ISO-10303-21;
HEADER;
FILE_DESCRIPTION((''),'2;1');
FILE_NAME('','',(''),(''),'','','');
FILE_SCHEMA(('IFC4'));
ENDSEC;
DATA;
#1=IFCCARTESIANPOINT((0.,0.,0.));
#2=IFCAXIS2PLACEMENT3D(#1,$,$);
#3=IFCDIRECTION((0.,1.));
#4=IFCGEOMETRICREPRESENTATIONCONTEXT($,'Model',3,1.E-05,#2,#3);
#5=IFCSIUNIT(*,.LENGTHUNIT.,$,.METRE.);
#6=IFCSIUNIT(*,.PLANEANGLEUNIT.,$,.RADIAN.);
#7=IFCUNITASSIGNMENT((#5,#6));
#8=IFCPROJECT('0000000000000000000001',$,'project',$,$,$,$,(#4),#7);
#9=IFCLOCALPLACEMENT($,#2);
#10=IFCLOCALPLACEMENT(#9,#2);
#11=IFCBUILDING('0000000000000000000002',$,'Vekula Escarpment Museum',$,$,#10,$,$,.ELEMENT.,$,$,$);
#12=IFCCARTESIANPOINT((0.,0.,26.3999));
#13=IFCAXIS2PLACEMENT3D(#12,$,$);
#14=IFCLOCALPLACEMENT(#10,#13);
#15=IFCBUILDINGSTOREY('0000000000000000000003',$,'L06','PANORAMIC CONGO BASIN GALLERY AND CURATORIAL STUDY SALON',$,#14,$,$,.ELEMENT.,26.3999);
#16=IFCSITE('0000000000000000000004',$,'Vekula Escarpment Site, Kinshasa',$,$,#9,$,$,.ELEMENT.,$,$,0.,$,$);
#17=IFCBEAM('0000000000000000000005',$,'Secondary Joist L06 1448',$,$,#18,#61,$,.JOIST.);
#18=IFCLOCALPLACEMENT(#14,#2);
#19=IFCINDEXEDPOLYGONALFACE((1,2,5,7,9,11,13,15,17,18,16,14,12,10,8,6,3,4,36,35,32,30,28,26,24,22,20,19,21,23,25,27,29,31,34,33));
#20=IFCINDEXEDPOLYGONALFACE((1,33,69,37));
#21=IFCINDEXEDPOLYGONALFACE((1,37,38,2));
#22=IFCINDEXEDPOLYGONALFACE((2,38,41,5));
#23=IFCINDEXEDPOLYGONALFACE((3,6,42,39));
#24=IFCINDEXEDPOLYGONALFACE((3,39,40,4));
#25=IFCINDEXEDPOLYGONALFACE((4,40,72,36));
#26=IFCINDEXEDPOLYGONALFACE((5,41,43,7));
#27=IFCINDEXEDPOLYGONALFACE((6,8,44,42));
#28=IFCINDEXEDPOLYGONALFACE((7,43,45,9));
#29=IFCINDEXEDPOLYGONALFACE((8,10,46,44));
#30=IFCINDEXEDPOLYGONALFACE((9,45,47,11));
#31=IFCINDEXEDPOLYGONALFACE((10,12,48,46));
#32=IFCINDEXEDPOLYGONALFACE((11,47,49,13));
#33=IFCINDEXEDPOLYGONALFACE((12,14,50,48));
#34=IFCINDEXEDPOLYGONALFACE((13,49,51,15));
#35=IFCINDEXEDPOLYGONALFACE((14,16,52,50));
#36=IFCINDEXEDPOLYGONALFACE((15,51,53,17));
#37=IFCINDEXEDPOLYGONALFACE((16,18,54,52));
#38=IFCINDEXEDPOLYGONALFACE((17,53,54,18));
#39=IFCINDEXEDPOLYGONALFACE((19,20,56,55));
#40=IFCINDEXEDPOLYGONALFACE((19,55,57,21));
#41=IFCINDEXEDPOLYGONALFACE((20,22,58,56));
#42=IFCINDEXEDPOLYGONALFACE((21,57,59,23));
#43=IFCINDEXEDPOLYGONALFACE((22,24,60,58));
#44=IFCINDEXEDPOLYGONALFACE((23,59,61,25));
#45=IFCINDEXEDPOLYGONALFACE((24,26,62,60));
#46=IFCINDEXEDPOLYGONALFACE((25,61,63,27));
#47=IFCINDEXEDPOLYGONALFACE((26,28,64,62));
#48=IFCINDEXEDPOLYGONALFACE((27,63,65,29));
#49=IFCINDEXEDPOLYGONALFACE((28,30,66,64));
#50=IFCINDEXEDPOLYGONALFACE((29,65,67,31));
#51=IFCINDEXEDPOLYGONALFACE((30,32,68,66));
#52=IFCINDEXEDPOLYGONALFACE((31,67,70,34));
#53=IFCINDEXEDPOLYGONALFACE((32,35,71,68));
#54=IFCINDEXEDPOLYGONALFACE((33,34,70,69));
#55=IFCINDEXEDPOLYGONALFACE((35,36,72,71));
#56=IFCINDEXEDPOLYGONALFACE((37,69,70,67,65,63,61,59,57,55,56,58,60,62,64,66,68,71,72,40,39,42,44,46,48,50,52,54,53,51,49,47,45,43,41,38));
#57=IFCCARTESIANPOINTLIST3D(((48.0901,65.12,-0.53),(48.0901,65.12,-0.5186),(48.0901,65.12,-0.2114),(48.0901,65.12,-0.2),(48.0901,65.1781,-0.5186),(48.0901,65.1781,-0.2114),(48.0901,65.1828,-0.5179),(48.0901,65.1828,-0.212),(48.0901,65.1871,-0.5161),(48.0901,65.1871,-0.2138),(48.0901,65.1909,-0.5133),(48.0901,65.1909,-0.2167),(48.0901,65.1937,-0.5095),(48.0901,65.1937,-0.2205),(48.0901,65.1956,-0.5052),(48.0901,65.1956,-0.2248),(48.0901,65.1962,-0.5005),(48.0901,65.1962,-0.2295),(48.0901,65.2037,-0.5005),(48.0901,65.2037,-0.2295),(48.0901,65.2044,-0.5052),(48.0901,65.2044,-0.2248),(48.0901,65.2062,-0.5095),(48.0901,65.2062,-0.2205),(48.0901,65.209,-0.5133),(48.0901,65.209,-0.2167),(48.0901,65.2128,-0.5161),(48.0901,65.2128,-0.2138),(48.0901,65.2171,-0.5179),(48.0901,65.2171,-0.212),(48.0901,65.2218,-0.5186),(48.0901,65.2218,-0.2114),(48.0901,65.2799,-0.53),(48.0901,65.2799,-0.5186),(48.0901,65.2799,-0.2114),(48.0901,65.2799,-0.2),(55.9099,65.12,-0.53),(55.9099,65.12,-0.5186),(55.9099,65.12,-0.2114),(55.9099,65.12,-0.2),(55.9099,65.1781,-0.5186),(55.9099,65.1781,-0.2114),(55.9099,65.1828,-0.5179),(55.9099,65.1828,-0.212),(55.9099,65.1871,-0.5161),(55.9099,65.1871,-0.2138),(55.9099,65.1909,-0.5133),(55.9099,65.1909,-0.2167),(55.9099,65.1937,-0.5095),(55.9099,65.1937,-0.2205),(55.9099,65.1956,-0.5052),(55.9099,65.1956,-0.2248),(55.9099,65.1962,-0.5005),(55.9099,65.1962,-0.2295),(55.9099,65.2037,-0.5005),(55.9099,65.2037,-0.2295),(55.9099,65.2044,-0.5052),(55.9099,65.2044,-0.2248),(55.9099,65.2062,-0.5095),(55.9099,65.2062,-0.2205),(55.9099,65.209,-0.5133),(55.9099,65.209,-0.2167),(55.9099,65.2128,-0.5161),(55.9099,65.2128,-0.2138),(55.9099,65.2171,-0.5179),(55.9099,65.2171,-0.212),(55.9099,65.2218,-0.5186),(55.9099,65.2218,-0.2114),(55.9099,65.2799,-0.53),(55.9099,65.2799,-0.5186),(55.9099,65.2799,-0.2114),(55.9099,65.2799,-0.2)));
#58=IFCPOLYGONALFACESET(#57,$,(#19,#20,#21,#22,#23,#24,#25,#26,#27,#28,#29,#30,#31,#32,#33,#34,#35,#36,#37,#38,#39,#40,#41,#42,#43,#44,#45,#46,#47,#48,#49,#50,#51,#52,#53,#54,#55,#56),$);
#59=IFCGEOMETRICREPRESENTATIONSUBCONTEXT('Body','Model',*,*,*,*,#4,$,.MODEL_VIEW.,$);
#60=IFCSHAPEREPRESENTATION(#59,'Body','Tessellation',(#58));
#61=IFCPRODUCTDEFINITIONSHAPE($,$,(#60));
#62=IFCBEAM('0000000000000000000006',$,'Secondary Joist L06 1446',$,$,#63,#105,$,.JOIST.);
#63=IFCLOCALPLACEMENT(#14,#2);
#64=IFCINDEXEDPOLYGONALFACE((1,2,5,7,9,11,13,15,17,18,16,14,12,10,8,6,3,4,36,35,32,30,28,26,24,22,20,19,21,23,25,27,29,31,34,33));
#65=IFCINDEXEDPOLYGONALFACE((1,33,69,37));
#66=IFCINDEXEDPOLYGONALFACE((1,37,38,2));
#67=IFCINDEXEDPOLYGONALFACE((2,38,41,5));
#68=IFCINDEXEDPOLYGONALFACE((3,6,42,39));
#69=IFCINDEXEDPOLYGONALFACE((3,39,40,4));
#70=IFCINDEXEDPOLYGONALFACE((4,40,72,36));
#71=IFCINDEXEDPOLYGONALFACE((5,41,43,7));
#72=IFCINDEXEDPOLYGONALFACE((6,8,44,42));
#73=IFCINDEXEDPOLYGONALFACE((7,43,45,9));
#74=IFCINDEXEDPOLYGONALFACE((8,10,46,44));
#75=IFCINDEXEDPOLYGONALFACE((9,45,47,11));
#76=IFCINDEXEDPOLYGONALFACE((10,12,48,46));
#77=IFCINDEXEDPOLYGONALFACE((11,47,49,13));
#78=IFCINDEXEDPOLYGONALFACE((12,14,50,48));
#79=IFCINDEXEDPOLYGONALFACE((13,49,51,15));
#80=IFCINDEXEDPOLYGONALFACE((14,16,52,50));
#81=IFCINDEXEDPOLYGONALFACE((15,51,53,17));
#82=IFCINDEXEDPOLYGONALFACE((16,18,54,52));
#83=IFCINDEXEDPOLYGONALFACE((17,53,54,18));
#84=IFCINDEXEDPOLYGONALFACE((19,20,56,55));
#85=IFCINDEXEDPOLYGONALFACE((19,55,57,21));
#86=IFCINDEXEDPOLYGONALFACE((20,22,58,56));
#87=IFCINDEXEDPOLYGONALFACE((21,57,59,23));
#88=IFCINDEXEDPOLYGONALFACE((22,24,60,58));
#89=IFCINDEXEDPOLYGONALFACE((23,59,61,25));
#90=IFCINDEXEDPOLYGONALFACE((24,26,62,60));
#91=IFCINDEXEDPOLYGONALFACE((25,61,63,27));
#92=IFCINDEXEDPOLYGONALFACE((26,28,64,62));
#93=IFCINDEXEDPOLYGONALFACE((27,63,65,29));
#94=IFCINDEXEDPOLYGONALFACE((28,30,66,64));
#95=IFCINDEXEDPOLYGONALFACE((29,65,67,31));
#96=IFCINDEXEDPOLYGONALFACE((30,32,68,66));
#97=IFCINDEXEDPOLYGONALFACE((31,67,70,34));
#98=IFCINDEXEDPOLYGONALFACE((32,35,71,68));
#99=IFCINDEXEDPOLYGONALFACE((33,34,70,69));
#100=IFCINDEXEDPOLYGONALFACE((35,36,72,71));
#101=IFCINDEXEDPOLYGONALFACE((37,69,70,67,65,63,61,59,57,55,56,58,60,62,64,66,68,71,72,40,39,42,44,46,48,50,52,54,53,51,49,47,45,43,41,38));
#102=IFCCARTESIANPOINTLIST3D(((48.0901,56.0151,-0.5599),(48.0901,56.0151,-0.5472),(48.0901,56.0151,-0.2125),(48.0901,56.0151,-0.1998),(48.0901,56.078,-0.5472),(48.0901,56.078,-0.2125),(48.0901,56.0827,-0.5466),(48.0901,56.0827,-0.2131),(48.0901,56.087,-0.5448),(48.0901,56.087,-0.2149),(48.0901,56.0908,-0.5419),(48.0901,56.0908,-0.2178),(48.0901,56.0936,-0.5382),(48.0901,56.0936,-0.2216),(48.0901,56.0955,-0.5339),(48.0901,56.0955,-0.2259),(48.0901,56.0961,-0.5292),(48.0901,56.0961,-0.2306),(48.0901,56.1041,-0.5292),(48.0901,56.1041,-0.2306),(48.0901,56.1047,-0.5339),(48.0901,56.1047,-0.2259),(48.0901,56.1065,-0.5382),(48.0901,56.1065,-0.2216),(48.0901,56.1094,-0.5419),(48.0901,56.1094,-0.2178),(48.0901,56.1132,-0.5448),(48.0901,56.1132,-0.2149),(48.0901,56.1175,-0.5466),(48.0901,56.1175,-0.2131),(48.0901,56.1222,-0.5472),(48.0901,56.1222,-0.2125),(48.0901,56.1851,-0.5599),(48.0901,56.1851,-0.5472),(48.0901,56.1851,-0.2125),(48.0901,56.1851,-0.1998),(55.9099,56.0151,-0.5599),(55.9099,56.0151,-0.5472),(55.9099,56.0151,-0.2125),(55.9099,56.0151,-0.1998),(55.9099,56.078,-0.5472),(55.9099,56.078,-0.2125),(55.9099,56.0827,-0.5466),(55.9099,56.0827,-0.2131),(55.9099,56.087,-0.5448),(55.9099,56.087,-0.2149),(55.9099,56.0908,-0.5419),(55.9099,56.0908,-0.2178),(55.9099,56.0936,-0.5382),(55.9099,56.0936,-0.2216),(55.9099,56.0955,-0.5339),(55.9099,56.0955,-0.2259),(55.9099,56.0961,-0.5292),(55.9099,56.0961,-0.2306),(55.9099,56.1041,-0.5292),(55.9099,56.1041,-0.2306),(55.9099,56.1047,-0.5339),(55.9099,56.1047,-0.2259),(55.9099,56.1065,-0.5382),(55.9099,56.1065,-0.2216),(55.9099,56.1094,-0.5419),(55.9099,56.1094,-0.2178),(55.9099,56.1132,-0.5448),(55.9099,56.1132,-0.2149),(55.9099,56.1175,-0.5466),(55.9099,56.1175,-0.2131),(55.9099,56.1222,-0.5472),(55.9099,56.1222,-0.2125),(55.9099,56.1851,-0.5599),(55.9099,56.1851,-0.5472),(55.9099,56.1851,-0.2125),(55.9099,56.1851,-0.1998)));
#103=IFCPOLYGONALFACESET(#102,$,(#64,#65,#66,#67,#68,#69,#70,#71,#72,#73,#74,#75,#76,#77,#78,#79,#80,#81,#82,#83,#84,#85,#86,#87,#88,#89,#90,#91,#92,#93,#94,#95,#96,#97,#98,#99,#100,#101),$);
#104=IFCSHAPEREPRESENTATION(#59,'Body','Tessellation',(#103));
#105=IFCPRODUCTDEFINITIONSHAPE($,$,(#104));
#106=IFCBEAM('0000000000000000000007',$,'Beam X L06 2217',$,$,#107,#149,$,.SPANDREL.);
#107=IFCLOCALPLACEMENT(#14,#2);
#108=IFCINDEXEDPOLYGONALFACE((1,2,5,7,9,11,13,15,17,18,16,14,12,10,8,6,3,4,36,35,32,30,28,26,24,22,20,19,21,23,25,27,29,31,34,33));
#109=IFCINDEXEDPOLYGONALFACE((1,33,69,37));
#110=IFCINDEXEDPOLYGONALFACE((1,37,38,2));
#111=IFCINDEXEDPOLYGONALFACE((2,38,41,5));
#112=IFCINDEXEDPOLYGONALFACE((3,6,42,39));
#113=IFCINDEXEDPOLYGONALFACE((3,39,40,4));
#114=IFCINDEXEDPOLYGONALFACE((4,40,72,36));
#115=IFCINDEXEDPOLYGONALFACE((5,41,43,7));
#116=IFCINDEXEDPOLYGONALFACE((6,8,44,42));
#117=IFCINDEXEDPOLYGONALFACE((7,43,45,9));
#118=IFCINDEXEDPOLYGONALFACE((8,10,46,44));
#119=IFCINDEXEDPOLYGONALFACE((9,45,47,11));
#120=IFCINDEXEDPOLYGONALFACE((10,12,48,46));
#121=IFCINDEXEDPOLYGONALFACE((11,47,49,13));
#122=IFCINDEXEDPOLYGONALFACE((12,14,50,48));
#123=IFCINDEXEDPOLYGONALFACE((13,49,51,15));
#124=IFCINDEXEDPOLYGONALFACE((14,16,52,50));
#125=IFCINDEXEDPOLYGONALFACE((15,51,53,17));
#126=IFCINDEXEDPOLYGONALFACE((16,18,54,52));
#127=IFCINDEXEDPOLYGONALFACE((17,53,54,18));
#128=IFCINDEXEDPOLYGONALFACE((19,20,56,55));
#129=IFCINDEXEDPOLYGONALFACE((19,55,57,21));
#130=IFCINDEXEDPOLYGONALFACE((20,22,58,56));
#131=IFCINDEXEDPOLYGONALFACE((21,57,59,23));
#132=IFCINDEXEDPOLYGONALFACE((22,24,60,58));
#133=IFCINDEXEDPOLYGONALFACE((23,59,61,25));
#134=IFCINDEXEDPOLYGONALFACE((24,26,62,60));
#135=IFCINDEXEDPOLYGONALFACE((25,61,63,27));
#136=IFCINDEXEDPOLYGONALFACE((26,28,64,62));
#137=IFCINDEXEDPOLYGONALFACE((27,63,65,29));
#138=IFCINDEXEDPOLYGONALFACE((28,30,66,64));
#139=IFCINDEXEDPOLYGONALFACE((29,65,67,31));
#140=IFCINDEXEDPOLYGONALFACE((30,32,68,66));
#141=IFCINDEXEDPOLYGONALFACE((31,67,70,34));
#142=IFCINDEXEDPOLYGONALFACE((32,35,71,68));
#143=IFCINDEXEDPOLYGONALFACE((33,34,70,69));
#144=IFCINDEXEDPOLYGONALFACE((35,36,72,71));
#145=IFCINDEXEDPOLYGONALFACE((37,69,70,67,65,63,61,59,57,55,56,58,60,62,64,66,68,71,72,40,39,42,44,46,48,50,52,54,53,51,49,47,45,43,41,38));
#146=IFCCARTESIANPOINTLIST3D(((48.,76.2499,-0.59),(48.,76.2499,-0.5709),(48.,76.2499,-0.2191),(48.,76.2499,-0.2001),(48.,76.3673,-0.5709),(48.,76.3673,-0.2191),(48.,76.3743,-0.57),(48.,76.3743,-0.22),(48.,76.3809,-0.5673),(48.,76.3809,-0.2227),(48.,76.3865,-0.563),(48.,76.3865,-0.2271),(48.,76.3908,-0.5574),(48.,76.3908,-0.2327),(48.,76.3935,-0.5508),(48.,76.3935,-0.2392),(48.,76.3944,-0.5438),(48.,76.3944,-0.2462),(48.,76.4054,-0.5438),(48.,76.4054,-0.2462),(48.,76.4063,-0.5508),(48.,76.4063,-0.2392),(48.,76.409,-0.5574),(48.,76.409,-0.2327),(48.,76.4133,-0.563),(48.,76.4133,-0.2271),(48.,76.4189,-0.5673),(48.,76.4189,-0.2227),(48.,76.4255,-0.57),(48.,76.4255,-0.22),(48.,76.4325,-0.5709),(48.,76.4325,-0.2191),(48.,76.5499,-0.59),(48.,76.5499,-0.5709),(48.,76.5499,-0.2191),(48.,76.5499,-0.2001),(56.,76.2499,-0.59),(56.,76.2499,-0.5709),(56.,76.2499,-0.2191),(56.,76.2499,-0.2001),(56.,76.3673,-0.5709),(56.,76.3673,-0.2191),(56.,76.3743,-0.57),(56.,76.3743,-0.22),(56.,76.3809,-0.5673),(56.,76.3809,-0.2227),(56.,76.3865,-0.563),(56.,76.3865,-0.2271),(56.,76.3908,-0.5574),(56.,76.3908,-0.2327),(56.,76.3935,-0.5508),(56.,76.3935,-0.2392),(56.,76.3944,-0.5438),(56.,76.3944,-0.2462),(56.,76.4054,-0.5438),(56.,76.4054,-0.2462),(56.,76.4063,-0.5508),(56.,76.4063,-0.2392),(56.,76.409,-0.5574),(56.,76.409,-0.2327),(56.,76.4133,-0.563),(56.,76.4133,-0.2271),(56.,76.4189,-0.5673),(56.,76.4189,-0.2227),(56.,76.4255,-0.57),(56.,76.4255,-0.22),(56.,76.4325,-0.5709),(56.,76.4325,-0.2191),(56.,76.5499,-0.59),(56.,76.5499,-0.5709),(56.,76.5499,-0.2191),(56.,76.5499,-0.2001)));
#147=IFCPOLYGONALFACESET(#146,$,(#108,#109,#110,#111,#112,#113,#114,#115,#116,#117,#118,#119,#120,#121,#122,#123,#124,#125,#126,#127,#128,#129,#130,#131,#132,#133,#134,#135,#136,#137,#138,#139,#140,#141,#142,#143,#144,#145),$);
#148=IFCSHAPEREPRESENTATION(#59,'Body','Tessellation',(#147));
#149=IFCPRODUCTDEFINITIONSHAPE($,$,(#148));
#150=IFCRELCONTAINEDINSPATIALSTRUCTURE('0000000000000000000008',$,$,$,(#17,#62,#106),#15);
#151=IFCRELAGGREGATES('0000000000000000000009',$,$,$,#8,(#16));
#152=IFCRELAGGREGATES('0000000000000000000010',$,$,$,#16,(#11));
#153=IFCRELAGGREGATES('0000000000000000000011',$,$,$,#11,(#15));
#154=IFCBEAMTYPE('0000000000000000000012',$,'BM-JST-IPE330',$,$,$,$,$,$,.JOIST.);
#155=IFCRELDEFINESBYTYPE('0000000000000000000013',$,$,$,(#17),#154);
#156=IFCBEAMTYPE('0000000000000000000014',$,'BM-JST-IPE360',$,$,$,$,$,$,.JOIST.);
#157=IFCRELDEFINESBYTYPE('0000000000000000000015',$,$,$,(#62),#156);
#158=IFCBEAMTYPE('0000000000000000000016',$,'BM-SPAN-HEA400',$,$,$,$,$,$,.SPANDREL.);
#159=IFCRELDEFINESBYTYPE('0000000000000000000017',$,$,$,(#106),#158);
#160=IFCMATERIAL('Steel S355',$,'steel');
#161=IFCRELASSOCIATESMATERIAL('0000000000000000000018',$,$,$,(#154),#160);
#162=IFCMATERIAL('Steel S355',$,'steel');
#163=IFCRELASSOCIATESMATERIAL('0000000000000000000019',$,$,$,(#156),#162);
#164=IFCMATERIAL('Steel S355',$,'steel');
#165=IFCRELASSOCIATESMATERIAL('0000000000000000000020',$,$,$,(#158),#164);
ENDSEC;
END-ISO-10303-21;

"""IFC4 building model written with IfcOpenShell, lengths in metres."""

from ifc_helpers import new_model, si_unit, direction, frame, origin, origin_2d, place, context, subcontext, project, spatial, i_section, extrude, material, material_profile, profile_set, type_object, element, save


model = new_model("IFC4")

# Units and contexts
model_context = context("Model", 3, precision=1e-05, world=origin(), true_north=direction((0.0, 1.0)))
body_context = subcontext(model_context, "Body", "Model", "MODEL_VIEW")
ifc_project = project(units=[si_unit("LENGTHUNIT", "METRE"), si_unit("PLANEANGLEUNIT", "RADIAN")], contexts=[model_context])

# Site, building, storey
site_placement = place(None, origin())
site = spatial("IfcSite", under=ifc_project, at=site_placement, Name="Vekula Escarpment Site, Kinshasa", CompositionType="ELEMENT", RefElevation=0.0)
building_placement = place(site_placement, origin())
building = spatial("IfcBuilding", under=site, at=building_placement, Name="Vekula Escarpment Museum", CompositionType="ELEMENT")
storey_placement = place(building_placement, frame((0.0, 0.0, 26.3999)))
storey = spatial("IfcBuildingStorey", under=building, at=storey_placement, Name="L06", Description="PANORAMIC CONGO BASIN GALLERY AND CURATORIAL STUDY SALON", CompositionType="ELEMENT", Elevation=26.3999)

# Beams
ifc_material_1 = material(Name="Steel S355", Category="steel")
ifc_material_profile_1 = material_profile(ifc_material_1, i_section(OverallWidth=0.1599, OverallDepth=0.3301, WebThickness=0.0076, FlangeThickness=0.0115, FilletRadius=0.0181, at=origin_2d()), Name="IPE 330")
ifc_profile_set_1 = profile_set([ifc_material_profile_1], Name="Steel S355")
beam_type_1 = type_object("IfcBeamType", Name="BM-JST-IPE330", PredefinedType="JOIST", material=ifc_profile_set_1)
for number, where, z_axis, x_axis, name in (
    (1, (48.0901, 65.2, -0.365), (1.0, 0.0, 0.0), (0.0, 1.0, 0.0), "Secondary Joist L06 1448"),
):
    element("IfcBeam", number, at=place(storey_placement, frame(where, z_axis=z_axis, x_axis=x_axis)), inside=storey, type_object=beam_type_1, Name=name, PredefinedType="JOIST", context=body_context, shape_type="SweptSolid", body=[
        extrude(i_section(OverallWidth=0.1599, OverallDepth=0.3301, WebThickness=0.0076, FlangeThickness=0.0115, FilletRadius=0.0181, at=origin_2d()), origin(), (0.0, 0.0, 1.0), 7.8198),
    ])
ifc_material_2 = material(Name="Steel S355", Category="steel")
ifc_material_profile_2 = material_profile(ifc_material_2, i_section(OverallWidth=0.1699, OverallDepth=0.3601, WebThickness=0.0081, FlangeThickness=0.0127, FilletRadius=0.0181, at=origin_2d()), Name="IPE 360")
ifc_profile_set_2 = profile_set([ifc_material_profile_2], Name="Steel S355")
beam_type_2 = type_object("IfcBeamType", Name="BM-JST-IPE360", PredefinedType="JOIST", material=ifc_profile_set_2)
beam_1_placement = place(storey_placement, frame((48.0901, 56.1001, -0.3799), z_axis=(1.0, 0.0, 0.0), x_axis=(0.0, 1.0, 0.0)))
element("IfcBeam", 2, at=beam_1_placement, inside=storey, type_object=beam_type_2, Name="Secondary Joist L06 1446", PredefinedType="JOIST", context=body_context, shape_type="SweptSolid", body=[
    extrude(i_section(OverallWidth=0.1699, OverallDepth=0.3601, WebThickness=0.0081, FlangeThickness=0.0127, FilletRadius=0.0181, at=origin_2d()), origin(), (0.0, 0.0, 1.0), 7.8198),
])
ifc_material_3 = material(Name="Steel S355", Category="steel")
ifc_material_profile_3 = material_profile(ifc_material_3, i_section(OverallWidth=0.3, OverallDepth=0.3899, WebThickness=0.011, FlangeThickness=0.019, FilletRadius=0.0271, at=origin_2d()), Name="HEA 400")
ifc_profile_set_3 = profile_set([ifc_material_profile_3], Name="Steel S355")
beam_type_3 = type_object("IfcBeamType", Name="BM-SPAN-HEA400", PredefinedType="SPANDREL", material=ifc_profile_set_3)
beam_2_placement = place(storey_placement, frame((48.0, 76.3999, -0.395), z_axis=(1.0, 0.0, 0.0), x_axis=(0.0, 1.0, 0.0)))
element("IfcBeam", 3, at=beam_2_placement, inside=storey, type_object=beam_type_3, Name="Beam X L06 2217", PredefinedType="SPANDREL", context=body_context, shape_type="SweptSolid", body=[
    extrude(i_section(OverallWidth=0.3, OverallDepth=0.3899, WebThickness=0.011, FlangeThickness=0.019, FilletRadius=0.0271, at=origin_2d()), origin(), (0.0, 0.0, 1.0), 8.0),
])

save(model, "model.ifc")
